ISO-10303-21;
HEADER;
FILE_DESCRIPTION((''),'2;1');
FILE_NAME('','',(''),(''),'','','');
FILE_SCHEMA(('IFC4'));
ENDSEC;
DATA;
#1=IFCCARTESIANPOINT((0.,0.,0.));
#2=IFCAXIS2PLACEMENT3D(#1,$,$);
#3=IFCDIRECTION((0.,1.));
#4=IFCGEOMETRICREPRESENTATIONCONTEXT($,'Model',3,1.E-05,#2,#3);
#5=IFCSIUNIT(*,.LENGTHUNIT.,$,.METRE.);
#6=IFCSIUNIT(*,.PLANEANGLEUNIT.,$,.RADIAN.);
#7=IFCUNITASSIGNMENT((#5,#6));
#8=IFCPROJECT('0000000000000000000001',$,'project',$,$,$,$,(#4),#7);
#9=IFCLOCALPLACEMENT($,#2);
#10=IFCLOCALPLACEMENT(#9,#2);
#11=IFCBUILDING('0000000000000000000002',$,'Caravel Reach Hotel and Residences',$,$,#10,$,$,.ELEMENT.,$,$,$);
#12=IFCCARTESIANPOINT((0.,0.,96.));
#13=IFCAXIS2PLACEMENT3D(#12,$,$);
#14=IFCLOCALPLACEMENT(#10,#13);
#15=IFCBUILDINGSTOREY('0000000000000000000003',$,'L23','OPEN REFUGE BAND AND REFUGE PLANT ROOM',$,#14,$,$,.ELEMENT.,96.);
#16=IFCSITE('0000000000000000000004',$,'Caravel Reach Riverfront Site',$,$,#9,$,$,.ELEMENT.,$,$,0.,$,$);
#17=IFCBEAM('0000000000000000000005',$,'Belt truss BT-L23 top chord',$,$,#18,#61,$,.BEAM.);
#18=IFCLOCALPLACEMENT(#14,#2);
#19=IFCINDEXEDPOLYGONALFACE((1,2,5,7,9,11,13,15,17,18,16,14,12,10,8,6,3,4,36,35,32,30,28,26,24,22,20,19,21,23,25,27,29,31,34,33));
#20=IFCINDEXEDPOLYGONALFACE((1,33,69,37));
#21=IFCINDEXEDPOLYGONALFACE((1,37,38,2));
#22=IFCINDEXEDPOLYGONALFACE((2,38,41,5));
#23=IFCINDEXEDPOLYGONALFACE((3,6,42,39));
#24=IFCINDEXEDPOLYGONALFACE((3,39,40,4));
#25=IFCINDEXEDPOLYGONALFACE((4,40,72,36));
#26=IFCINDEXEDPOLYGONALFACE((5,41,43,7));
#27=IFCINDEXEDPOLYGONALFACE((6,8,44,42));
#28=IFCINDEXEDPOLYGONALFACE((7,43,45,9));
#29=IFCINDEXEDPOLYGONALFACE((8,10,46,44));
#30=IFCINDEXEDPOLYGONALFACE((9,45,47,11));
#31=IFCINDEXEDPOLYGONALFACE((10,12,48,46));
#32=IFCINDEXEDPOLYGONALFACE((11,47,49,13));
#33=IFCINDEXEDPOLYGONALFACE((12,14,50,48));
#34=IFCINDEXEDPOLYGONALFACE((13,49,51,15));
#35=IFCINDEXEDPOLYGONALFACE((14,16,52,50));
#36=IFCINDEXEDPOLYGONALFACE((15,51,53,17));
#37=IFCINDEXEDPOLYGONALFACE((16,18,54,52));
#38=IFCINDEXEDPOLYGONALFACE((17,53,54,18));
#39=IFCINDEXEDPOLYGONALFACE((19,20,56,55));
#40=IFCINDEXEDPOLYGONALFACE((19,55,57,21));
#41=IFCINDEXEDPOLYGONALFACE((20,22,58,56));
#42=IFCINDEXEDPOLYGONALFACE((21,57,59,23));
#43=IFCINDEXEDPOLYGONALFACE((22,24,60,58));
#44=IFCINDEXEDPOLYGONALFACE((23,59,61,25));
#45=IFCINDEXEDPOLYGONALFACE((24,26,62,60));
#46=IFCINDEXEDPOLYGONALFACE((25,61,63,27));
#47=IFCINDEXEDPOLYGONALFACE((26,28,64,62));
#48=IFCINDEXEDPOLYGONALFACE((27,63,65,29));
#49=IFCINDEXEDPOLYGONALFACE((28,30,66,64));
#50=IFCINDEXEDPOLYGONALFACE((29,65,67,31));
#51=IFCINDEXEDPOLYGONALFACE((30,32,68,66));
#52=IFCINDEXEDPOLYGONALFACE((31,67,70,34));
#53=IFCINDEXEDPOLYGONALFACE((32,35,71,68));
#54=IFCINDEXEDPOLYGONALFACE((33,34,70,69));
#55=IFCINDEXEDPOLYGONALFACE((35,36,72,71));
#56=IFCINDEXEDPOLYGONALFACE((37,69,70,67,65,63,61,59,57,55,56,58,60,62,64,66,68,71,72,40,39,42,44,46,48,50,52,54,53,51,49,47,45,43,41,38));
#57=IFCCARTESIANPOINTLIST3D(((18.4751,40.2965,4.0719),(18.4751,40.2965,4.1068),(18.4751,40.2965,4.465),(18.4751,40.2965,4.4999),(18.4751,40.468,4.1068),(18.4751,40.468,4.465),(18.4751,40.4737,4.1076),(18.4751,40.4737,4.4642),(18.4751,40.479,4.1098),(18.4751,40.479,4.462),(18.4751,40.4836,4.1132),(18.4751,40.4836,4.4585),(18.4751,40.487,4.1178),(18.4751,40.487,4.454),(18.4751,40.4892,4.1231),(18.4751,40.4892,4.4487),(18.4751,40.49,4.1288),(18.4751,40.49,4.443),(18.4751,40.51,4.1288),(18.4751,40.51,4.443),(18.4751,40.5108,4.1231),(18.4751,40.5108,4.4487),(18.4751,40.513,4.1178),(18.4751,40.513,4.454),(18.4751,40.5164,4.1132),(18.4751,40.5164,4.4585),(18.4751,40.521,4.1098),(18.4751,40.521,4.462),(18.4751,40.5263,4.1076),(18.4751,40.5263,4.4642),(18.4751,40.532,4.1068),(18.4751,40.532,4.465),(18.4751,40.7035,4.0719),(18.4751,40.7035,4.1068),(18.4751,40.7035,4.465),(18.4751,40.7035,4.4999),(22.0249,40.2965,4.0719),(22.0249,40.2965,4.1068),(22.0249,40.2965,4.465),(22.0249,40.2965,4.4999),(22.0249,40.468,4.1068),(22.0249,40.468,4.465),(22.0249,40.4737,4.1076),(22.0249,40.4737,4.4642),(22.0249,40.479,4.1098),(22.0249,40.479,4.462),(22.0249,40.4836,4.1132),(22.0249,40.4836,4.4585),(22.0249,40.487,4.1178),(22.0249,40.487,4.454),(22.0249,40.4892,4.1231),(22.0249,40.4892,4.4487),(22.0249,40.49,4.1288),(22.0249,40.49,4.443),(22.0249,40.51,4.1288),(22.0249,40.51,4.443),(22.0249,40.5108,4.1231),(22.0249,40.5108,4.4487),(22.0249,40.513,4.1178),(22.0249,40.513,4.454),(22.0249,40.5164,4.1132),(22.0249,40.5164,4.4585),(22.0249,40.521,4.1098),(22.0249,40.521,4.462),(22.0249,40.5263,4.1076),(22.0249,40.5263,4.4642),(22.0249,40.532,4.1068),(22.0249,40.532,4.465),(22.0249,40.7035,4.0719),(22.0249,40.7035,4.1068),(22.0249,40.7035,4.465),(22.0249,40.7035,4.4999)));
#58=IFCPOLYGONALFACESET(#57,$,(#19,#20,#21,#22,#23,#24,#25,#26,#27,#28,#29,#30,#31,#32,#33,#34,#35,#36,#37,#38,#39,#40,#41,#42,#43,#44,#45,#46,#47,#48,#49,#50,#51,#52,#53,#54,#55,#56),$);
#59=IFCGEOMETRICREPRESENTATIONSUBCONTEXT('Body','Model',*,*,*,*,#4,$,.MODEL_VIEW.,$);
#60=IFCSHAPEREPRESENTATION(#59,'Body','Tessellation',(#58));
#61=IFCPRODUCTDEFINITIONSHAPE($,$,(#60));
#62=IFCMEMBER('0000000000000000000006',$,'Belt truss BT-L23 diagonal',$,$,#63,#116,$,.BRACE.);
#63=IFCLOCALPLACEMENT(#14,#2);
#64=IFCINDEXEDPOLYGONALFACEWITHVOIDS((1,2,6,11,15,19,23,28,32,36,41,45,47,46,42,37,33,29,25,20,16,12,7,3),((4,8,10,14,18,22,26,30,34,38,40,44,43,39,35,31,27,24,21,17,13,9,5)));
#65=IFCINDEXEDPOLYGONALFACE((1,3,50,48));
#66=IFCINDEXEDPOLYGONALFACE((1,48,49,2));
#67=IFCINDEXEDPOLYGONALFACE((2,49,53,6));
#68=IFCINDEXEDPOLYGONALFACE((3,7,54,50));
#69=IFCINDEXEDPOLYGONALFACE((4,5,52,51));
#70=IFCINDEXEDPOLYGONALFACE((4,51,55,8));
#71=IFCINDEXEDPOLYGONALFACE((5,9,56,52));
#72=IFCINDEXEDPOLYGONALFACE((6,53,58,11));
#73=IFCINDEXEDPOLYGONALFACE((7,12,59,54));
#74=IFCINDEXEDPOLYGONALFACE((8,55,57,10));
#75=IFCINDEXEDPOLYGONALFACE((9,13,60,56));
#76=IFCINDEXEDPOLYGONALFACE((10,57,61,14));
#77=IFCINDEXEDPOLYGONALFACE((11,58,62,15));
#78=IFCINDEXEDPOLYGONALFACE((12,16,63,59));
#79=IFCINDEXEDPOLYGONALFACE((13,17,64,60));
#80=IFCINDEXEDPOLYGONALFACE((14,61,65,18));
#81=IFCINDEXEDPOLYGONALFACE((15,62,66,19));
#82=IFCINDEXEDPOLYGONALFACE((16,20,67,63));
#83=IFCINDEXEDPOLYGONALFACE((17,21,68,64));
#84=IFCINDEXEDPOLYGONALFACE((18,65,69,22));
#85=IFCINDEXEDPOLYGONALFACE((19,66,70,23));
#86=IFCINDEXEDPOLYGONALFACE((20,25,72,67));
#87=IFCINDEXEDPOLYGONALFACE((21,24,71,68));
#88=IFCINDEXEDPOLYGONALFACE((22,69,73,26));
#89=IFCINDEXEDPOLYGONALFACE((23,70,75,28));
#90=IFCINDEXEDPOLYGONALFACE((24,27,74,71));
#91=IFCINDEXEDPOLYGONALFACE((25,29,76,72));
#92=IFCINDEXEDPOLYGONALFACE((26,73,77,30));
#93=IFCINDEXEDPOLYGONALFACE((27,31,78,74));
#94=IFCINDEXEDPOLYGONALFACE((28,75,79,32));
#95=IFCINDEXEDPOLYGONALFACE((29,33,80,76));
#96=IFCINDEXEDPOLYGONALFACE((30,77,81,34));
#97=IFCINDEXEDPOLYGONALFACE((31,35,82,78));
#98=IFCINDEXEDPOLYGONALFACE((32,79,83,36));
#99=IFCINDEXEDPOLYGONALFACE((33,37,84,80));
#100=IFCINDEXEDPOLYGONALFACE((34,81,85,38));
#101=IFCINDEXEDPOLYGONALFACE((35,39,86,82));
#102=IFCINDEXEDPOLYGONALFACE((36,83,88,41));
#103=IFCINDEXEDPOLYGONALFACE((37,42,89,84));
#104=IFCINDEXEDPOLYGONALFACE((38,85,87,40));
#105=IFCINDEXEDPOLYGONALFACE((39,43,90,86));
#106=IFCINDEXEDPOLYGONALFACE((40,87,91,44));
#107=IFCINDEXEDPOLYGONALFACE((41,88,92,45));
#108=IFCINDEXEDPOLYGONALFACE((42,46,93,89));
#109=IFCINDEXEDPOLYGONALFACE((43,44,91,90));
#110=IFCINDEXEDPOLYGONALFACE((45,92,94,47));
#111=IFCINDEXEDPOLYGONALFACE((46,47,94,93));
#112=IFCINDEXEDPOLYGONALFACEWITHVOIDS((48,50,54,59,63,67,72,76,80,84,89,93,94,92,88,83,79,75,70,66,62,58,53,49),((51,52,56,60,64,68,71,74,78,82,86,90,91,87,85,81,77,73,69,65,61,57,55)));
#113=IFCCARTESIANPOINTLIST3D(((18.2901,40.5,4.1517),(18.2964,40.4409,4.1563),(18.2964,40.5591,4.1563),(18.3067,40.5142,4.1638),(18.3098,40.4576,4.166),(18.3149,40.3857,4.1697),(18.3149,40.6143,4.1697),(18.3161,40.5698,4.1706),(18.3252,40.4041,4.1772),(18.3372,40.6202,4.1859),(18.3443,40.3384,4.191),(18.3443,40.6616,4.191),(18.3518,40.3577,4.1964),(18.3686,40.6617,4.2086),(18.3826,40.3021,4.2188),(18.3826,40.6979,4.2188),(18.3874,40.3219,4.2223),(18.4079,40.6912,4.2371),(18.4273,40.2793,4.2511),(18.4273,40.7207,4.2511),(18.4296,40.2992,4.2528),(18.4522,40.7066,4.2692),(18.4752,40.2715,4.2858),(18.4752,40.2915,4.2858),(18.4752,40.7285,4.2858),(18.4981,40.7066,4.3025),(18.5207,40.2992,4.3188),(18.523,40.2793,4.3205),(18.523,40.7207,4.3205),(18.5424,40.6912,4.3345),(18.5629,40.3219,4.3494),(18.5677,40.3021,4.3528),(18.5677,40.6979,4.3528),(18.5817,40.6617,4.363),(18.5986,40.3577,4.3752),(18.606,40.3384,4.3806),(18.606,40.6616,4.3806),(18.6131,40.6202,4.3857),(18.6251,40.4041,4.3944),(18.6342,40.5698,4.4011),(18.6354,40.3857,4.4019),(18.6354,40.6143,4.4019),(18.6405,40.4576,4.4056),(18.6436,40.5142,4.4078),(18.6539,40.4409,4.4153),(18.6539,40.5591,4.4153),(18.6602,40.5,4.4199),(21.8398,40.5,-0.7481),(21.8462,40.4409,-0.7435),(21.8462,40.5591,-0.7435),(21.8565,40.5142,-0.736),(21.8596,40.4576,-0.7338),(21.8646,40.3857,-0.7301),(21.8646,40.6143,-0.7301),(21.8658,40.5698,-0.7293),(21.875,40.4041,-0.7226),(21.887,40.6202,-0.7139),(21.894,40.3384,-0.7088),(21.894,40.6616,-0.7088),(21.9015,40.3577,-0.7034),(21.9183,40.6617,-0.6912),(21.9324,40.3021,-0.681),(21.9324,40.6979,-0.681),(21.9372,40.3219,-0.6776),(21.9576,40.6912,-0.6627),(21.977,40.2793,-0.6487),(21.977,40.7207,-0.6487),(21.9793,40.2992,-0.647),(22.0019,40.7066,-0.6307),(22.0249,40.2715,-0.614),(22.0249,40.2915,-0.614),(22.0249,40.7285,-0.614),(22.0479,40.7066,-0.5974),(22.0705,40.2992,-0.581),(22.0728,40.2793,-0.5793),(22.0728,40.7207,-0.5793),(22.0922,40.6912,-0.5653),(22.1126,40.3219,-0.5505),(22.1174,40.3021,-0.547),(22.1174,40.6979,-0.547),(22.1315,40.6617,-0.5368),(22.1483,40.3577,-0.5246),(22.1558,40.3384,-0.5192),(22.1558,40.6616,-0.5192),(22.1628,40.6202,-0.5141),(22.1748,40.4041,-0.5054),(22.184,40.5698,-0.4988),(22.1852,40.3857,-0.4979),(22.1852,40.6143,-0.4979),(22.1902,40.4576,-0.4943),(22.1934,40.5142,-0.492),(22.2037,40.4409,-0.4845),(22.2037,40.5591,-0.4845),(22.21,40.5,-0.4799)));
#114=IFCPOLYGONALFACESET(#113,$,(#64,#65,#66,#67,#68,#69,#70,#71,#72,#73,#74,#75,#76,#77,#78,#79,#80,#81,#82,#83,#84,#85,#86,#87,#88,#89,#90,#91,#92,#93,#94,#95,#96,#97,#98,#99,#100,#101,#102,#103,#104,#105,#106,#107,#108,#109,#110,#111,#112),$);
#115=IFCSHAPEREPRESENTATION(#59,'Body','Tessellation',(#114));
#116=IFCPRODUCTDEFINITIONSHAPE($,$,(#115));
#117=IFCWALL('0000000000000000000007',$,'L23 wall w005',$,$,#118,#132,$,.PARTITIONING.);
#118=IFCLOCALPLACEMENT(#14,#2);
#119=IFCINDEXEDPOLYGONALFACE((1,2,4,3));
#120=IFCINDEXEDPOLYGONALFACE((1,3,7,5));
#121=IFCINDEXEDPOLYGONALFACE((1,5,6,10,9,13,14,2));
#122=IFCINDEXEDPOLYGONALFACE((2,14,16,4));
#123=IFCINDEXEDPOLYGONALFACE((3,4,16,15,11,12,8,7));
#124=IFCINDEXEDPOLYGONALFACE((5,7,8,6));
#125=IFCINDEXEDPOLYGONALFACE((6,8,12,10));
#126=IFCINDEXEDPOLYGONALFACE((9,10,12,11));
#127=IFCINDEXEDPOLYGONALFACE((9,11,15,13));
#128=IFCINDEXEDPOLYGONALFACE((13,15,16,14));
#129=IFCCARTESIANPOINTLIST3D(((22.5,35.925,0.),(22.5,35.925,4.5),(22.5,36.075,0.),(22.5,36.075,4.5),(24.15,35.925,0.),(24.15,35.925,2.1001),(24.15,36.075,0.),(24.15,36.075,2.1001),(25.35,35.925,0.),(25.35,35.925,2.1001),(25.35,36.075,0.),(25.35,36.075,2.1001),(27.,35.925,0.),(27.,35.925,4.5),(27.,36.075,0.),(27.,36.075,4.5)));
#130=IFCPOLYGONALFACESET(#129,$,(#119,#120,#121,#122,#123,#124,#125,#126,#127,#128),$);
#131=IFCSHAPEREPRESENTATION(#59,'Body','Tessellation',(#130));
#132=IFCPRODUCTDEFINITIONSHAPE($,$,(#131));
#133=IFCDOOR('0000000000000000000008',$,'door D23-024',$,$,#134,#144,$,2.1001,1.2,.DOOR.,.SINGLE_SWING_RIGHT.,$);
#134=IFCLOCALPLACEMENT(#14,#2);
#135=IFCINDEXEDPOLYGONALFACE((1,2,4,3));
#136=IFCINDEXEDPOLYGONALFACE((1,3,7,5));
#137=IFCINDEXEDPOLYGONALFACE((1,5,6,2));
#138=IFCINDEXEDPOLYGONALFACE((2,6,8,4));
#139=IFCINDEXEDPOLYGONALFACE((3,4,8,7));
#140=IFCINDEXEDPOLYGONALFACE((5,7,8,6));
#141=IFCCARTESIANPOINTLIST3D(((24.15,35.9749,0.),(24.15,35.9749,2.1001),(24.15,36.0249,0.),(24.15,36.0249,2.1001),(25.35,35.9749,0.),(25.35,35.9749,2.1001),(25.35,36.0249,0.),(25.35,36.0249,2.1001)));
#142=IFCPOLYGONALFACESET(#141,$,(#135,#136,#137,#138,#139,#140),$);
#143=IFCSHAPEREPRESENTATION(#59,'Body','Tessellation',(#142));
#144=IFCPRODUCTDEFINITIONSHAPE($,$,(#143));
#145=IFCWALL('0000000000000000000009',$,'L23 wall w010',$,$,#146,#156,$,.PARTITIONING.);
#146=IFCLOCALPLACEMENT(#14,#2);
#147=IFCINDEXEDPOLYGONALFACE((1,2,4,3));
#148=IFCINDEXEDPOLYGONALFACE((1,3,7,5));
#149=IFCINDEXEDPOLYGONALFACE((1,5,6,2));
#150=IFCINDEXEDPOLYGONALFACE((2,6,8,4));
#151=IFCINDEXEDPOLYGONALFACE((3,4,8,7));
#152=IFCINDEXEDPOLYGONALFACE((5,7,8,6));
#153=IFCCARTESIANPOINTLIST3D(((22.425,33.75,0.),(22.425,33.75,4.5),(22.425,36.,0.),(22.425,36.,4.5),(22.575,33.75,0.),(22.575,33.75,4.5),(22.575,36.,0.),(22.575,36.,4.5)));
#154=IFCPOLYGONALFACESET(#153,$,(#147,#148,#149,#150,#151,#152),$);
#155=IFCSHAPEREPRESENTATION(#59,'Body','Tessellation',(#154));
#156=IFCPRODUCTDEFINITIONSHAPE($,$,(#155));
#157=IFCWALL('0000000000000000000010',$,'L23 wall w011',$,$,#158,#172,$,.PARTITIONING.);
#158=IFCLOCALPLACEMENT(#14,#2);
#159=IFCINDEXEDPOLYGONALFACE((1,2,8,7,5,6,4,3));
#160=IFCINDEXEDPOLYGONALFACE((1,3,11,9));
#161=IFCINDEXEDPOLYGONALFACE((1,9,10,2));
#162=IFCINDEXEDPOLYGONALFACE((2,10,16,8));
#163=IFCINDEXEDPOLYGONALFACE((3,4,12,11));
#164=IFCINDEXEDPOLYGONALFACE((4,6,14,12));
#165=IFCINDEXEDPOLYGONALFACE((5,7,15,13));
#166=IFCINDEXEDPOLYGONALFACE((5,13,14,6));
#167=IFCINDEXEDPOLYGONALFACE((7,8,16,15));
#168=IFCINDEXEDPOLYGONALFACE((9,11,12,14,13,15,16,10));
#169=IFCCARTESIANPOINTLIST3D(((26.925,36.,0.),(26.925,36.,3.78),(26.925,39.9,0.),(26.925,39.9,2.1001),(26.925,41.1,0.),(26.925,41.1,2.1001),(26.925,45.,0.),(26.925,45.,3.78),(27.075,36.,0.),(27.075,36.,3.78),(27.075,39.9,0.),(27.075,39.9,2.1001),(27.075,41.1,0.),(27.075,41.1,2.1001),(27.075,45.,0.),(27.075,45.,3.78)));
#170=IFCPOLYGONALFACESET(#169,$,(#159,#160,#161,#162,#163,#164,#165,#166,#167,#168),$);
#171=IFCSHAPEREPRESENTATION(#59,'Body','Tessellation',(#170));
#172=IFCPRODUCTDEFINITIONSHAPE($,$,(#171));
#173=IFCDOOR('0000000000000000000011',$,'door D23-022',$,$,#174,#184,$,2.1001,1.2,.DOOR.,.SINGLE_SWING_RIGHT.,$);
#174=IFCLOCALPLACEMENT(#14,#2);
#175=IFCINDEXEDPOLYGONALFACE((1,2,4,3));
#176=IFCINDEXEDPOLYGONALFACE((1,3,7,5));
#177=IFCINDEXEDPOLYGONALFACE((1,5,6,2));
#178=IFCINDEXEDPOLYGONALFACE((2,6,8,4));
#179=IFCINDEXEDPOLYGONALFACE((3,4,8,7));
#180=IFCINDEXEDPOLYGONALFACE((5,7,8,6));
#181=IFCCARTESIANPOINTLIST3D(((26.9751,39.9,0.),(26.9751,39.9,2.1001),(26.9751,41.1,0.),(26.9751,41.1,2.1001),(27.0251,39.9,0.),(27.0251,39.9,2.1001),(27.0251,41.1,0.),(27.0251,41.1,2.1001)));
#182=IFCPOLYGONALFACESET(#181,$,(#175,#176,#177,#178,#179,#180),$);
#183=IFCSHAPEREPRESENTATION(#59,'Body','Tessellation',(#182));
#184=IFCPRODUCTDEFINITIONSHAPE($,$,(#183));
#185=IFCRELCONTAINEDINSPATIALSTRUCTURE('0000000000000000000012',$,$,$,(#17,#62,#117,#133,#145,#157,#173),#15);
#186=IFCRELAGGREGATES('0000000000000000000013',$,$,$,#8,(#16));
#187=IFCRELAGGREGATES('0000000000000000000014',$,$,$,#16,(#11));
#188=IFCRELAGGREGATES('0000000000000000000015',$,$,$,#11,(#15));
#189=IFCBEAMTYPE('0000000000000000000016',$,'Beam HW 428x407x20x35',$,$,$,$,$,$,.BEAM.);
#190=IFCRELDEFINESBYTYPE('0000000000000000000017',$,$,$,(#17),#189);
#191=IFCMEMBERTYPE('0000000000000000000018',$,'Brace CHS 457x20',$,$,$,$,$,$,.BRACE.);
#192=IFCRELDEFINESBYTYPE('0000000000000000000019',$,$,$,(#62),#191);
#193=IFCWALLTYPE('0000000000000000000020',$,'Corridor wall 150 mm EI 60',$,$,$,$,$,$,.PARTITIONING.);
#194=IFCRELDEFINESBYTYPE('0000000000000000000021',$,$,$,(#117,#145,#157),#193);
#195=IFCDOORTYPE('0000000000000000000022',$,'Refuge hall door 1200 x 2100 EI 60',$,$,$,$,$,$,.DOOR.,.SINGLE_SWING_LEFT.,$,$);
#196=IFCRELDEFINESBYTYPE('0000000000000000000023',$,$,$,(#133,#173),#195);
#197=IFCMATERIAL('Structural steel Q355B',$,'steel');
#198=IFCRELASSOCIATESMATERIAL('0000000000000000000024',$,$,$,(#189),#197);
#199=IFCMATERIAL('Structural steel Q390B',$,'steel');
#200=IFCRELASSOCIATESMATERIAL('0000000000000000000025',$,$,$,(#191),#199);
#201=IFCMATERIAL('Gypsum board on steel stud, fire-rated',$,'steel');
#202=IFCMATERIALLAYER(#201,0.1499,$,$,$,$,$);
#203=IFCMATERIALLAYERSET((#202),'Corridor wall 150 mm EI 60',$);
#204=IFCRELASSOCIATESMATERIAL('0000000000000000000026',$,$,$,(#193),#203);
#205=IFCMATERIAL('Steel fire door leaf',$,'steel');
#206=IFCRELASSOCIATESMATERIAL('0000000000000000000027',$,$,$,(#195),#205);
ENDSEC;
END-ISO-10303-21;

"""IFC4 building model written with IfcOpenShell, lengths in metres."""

from ifc_helpers import new_model, si_unit, direction, frame, frame_2d, origin, origin_2d, place, context, subcontext, project, spatial, rectangle, hollow_circle, i_section, extrude, material, layer, layer_set, material_profile, profile_set, type_object, element, fill, save


model = new_model("IFC4")

# Units and contexts
model_context = context("Model", 3, precision=1e-05, world=origin(), true_north=direction((0.0, 1.0)))
body_context = subcontext(model_context, "Body", "Model", "MODEL_VIEW")
ifc_project = project(units=[si_unit("LENGTHUNIT", "METRE"), si_unit("PLANEANGLEUNIT", "RADIAN")], contexts=[model_context])

# Site, building, storey
site_placement = place(None, origin())
site = spatial("IfcSite", under=ifc_project, at=site_placement, Name="Caravel Reach Riverfront Site", CompositionType="ELEMENT", RefElevation=0.0)
building_placement = place(site_placement, origin())
building = spatial("IfcBuilding", under=site, at=building_placement, Name="Caravel Reach Hotel and Residences", CompositionType="ELEMENT")
storey_placement = place(building_placement, frame((0.0, 0.0, 96.0)))
storey = spatial("IfcBuildingStorey", under=building, at=storey_placement, Name="L23", Description="OPEN REFUGE BAND AND REFUGE PLANT ROOM", CompositionType="ELEMENT", Elevation=96.0)

# Beam
ifc_material_1 = material(Name="Structural steel Q355B", Category="steel")
ifc_material_profile_1 = material_profile(ifc_material_1, i_section(OverallWidth=0.407, OverallDepth=0.428, WebThickness=0.02, FlangeThickness=0.0349, FilletRadius=0.022, at=origin_2d()), Name="HW 428x407x20x35")
ifc_profile_set_1 = profile_set([ifc_material_profile_1], Name="Structural steel Q355B")
beam_type_1 = type_object("IfcBeamType", Name="Beam HW 428x407x20x35", PredefinedType="BEAM", material=ifc_profile_set_1)
for number, where, z_axis, x_axis, name in (
    (1, (22.0249, 40.5, 4.2859), (-1.0, 0.0, 0.0), (0.0, -1.0, 0.0), "Belt truss BT-L23 top chord"),
):
    element("IfcBeam", number, at=place(storey_placement, frame(where, z_axis=z_axis, x_axis=x_axis)), inside=storey, type_object=beam_type_1, Name=name, PredefinedType="BEAM", context=body_context, shape_type="SweptSolid", body=[
        extrude(i_section(OverallWidth=0.407, OverallDepth=0.428, WebThickness=0.02, FlangeThickness=0.0349, FilletRadius=0.022, at=origin_2d()), origin(), (0.0, 0.0, 1.0), 3.5498),
    ])

# Member
ifc_material_2 = material(Name="Structural steel Q390B", Category="steel")
ifc_material_profile_2 = material_profile(ifc_material_2, hollow_circle(Radius=0.2285, WallThickness=0.02, at=origin_2d()), Name="CHS 457x20")
ifc_profile_set_2 = profile_set([ifc_material_profile_2], Name="Structural steel Q390B")
member_type = type_object("IfcMemberType", Name="Brace CHS 457x20", PredefinedType="BRACE", material=ifc_profile_set_2)
member_placement = place(storey_placement, frame((22.0249, 40.5, -0.614), z_axis=(-0.586683, 0.0, 0.809817), x_axis=(0.0, -1.0, 0.0)))
element("IfcMember", 2, at=member_placement, inside=storey, type_object=member_type, Name="Belt truss BT-L23 diagonal", PredefinedType="BRACE", context=body_context, shape_type="SweptSolid", body=[
    extrude(hollow_circle(Radius=0.2285, WallThickness=0.02, at=origin_2d()), origin(), (0.0, 0.0, 1.0), 6.0505),
])

# Wall, opening, door
ifc_material_3 = material(Name="Gypsum board on steel stud, fire-rated", Category="steel")
ifc_layer = layer(ifc_material_3, 0.1499)
ifc_layer_set = layer_set([ifc_layer], Name="Corridor wall 150 mm EI 60")
wall_type = type_object("IfcWallType", Name="Corridor wall 150 mm EI 60", PredefinedType="PARTITIONING", material=ifc_layer_set)
wall_1_placement = place(storey_placement, frame((22.5, 36.0, 0.0), z_axis=(0.0, 0.0, 1.0), x_axis=(1.0, 0.0, 0.0)))
wall_1 = element("IfcWall", 3, at=wall_1_placement, inside=storey, type_object=wall_type, Name="L23 wall w005", PredefinedType="PARTITIONING", context=body_context, shape_type="SweptSolid", body=[
    extrude(rectangle(XDim=4.5, YDim=0.1499, at=frame_2d((2.25, 0.0))), origin(), (0.0, 0.0, 1.0), 4.5),
])
opening_1_placement = place(wall_1_placement, frame((1.6499, 0.0, 0.0)))
opening_1 = element("IfcOpeningElement", 4, at=opening_1_placement, cuts=wall_1, PredefinedType="OPENING", context=body_context, shape_type="SweptSolid", body=[
    extrude(rectangle(XDim=1.2, YDim=2.1001, at=frame_2d((0.6001, 1.05))), frame((0.0, 0.085, 0.0), z_axis=(0.0, -1.0, 0.0), x_axis=(1.0, 0.0, 0.0)), (0.0, 0.0, 1.0), 0.1699),
])
ifc_material_4 = material(Name="Steel fire door leaf", Category="steel")
door_type = type_object("IfcDoorType", Name="Refuge hall door 1200 x 2100 EI 60", OperationType="SINGLE_SWING_LEFT", PredefinedType="DOOR", material=ifc_material_4)
door_1_placement = place(opening_1_placement, origin())
door_1 = element("IfcDoor", 5, at=door_1_placement, inside=storey, type_object=door_type, Name="door D23-024", OperationType="SINGLE_SWING_RIGHT", OverallHeight=2.1001, OverallWidth=1.2, PredefinedType="DOOR", context=body_context, shape_type="SweptSolid", body=[
    extrude(rectangle(XDim=1.2, YDim=2.1001, at=frame_2d((0.6001, 1.05))), frame((0.0, 0.0249, 0.0), z_axis=(0.0, -1.0, 0.0), x_axis=(1.0, 0.0, 0.0)), (0.0, 0.0, 1.0), 0.05),
])
fill(opening_1, door_1)

# Wall
wall_2_placement = place(storey_placement, frame((22.5, 33.75, 0.0), z_axis=(0.0, 0.0, 1.0), x_axis=(0.0, 1.0, 0.0)))
element("IfcWall", 6, at=wall_2_placement, inside=storey, type_object=wall_type, Name="L23 wall w010", PredefinedType="PARTITIONING", context=body_context, shape_type="SweptSolid", body=[
    extrude(rectangle(XDim=2.25, YDim=0.1499, at=frame_2d((1.125, 0.0))), origin(), (0.0, 0.0, 1.0), 4.5),
])

# Wall, opening, door
wall_3_placement = place(storey_placement, frame((27.0, 36.0, 0.0), z_axis=(0.0, 0.0, 1.0), x_axis=(0.0, 1.0, 0.0)))
wall_3 = element("IfcWall", 7, at=wall_3_placement, inside=storey, type_object=wall_type, Name="L23 wall w011", PredefinedType="PARTITIONING", context=body_context, shape_type="SweptSolid", body=[
    extrude(rectangle(XDim=9.0, YDim=0.1499, at=frame_2d((4.5, 0.0))), origin(), (0.0, 0.0, 1.0), 3.78),
])
opening_2_placement = place(wall_3_placement, frame((3.8999, 0.0, 0.0)))
opening_2 = element("IfcOpeningElement", 8, at=opening_2_placement, cuts=wall_3, PredefinedType="OPENING", context=body_context, shape_type="SweptSolid", body=[
    extrude(rectangle(XDim=1.2, YDim=2.1001, at=frame_2d((0.6001, 1.05))), frame((0.0, 0.085, 0.0), z_axis=(0.0, -1.0, 0.0), x_axis=(1.0, 0.0, 0.0)), (0.0, 0.0, 1.0), 0.1699),
])
door_2_placement = place(opening_2_placement, origin())
door_2 = element("IfcDoor", 9, at=door_2_placement, inside=storey, type_object=door_type, Name="door D23-022", OperationType="SINGLE_SWING_RIGHT", OverallHeight=2.1001, OverallWidth=1.2, PredefinedType="DOOR", context=body_context, shape_type="SweptSolid", body=[
    extrude(rectangle(XDim=1.2, YDim=2.1001, at=frame_2d((0.6001, 1.05))), frame((0.0, 0.0249, 0.0), z_axis=(0.0, -1.0, 0.0), x_axis=(1.0, 0.0, 0.0)), (0.0, 0.0, 1.0), 0.05),
])
fill(opening_2, door_2)

save(model, "model.ifc")
